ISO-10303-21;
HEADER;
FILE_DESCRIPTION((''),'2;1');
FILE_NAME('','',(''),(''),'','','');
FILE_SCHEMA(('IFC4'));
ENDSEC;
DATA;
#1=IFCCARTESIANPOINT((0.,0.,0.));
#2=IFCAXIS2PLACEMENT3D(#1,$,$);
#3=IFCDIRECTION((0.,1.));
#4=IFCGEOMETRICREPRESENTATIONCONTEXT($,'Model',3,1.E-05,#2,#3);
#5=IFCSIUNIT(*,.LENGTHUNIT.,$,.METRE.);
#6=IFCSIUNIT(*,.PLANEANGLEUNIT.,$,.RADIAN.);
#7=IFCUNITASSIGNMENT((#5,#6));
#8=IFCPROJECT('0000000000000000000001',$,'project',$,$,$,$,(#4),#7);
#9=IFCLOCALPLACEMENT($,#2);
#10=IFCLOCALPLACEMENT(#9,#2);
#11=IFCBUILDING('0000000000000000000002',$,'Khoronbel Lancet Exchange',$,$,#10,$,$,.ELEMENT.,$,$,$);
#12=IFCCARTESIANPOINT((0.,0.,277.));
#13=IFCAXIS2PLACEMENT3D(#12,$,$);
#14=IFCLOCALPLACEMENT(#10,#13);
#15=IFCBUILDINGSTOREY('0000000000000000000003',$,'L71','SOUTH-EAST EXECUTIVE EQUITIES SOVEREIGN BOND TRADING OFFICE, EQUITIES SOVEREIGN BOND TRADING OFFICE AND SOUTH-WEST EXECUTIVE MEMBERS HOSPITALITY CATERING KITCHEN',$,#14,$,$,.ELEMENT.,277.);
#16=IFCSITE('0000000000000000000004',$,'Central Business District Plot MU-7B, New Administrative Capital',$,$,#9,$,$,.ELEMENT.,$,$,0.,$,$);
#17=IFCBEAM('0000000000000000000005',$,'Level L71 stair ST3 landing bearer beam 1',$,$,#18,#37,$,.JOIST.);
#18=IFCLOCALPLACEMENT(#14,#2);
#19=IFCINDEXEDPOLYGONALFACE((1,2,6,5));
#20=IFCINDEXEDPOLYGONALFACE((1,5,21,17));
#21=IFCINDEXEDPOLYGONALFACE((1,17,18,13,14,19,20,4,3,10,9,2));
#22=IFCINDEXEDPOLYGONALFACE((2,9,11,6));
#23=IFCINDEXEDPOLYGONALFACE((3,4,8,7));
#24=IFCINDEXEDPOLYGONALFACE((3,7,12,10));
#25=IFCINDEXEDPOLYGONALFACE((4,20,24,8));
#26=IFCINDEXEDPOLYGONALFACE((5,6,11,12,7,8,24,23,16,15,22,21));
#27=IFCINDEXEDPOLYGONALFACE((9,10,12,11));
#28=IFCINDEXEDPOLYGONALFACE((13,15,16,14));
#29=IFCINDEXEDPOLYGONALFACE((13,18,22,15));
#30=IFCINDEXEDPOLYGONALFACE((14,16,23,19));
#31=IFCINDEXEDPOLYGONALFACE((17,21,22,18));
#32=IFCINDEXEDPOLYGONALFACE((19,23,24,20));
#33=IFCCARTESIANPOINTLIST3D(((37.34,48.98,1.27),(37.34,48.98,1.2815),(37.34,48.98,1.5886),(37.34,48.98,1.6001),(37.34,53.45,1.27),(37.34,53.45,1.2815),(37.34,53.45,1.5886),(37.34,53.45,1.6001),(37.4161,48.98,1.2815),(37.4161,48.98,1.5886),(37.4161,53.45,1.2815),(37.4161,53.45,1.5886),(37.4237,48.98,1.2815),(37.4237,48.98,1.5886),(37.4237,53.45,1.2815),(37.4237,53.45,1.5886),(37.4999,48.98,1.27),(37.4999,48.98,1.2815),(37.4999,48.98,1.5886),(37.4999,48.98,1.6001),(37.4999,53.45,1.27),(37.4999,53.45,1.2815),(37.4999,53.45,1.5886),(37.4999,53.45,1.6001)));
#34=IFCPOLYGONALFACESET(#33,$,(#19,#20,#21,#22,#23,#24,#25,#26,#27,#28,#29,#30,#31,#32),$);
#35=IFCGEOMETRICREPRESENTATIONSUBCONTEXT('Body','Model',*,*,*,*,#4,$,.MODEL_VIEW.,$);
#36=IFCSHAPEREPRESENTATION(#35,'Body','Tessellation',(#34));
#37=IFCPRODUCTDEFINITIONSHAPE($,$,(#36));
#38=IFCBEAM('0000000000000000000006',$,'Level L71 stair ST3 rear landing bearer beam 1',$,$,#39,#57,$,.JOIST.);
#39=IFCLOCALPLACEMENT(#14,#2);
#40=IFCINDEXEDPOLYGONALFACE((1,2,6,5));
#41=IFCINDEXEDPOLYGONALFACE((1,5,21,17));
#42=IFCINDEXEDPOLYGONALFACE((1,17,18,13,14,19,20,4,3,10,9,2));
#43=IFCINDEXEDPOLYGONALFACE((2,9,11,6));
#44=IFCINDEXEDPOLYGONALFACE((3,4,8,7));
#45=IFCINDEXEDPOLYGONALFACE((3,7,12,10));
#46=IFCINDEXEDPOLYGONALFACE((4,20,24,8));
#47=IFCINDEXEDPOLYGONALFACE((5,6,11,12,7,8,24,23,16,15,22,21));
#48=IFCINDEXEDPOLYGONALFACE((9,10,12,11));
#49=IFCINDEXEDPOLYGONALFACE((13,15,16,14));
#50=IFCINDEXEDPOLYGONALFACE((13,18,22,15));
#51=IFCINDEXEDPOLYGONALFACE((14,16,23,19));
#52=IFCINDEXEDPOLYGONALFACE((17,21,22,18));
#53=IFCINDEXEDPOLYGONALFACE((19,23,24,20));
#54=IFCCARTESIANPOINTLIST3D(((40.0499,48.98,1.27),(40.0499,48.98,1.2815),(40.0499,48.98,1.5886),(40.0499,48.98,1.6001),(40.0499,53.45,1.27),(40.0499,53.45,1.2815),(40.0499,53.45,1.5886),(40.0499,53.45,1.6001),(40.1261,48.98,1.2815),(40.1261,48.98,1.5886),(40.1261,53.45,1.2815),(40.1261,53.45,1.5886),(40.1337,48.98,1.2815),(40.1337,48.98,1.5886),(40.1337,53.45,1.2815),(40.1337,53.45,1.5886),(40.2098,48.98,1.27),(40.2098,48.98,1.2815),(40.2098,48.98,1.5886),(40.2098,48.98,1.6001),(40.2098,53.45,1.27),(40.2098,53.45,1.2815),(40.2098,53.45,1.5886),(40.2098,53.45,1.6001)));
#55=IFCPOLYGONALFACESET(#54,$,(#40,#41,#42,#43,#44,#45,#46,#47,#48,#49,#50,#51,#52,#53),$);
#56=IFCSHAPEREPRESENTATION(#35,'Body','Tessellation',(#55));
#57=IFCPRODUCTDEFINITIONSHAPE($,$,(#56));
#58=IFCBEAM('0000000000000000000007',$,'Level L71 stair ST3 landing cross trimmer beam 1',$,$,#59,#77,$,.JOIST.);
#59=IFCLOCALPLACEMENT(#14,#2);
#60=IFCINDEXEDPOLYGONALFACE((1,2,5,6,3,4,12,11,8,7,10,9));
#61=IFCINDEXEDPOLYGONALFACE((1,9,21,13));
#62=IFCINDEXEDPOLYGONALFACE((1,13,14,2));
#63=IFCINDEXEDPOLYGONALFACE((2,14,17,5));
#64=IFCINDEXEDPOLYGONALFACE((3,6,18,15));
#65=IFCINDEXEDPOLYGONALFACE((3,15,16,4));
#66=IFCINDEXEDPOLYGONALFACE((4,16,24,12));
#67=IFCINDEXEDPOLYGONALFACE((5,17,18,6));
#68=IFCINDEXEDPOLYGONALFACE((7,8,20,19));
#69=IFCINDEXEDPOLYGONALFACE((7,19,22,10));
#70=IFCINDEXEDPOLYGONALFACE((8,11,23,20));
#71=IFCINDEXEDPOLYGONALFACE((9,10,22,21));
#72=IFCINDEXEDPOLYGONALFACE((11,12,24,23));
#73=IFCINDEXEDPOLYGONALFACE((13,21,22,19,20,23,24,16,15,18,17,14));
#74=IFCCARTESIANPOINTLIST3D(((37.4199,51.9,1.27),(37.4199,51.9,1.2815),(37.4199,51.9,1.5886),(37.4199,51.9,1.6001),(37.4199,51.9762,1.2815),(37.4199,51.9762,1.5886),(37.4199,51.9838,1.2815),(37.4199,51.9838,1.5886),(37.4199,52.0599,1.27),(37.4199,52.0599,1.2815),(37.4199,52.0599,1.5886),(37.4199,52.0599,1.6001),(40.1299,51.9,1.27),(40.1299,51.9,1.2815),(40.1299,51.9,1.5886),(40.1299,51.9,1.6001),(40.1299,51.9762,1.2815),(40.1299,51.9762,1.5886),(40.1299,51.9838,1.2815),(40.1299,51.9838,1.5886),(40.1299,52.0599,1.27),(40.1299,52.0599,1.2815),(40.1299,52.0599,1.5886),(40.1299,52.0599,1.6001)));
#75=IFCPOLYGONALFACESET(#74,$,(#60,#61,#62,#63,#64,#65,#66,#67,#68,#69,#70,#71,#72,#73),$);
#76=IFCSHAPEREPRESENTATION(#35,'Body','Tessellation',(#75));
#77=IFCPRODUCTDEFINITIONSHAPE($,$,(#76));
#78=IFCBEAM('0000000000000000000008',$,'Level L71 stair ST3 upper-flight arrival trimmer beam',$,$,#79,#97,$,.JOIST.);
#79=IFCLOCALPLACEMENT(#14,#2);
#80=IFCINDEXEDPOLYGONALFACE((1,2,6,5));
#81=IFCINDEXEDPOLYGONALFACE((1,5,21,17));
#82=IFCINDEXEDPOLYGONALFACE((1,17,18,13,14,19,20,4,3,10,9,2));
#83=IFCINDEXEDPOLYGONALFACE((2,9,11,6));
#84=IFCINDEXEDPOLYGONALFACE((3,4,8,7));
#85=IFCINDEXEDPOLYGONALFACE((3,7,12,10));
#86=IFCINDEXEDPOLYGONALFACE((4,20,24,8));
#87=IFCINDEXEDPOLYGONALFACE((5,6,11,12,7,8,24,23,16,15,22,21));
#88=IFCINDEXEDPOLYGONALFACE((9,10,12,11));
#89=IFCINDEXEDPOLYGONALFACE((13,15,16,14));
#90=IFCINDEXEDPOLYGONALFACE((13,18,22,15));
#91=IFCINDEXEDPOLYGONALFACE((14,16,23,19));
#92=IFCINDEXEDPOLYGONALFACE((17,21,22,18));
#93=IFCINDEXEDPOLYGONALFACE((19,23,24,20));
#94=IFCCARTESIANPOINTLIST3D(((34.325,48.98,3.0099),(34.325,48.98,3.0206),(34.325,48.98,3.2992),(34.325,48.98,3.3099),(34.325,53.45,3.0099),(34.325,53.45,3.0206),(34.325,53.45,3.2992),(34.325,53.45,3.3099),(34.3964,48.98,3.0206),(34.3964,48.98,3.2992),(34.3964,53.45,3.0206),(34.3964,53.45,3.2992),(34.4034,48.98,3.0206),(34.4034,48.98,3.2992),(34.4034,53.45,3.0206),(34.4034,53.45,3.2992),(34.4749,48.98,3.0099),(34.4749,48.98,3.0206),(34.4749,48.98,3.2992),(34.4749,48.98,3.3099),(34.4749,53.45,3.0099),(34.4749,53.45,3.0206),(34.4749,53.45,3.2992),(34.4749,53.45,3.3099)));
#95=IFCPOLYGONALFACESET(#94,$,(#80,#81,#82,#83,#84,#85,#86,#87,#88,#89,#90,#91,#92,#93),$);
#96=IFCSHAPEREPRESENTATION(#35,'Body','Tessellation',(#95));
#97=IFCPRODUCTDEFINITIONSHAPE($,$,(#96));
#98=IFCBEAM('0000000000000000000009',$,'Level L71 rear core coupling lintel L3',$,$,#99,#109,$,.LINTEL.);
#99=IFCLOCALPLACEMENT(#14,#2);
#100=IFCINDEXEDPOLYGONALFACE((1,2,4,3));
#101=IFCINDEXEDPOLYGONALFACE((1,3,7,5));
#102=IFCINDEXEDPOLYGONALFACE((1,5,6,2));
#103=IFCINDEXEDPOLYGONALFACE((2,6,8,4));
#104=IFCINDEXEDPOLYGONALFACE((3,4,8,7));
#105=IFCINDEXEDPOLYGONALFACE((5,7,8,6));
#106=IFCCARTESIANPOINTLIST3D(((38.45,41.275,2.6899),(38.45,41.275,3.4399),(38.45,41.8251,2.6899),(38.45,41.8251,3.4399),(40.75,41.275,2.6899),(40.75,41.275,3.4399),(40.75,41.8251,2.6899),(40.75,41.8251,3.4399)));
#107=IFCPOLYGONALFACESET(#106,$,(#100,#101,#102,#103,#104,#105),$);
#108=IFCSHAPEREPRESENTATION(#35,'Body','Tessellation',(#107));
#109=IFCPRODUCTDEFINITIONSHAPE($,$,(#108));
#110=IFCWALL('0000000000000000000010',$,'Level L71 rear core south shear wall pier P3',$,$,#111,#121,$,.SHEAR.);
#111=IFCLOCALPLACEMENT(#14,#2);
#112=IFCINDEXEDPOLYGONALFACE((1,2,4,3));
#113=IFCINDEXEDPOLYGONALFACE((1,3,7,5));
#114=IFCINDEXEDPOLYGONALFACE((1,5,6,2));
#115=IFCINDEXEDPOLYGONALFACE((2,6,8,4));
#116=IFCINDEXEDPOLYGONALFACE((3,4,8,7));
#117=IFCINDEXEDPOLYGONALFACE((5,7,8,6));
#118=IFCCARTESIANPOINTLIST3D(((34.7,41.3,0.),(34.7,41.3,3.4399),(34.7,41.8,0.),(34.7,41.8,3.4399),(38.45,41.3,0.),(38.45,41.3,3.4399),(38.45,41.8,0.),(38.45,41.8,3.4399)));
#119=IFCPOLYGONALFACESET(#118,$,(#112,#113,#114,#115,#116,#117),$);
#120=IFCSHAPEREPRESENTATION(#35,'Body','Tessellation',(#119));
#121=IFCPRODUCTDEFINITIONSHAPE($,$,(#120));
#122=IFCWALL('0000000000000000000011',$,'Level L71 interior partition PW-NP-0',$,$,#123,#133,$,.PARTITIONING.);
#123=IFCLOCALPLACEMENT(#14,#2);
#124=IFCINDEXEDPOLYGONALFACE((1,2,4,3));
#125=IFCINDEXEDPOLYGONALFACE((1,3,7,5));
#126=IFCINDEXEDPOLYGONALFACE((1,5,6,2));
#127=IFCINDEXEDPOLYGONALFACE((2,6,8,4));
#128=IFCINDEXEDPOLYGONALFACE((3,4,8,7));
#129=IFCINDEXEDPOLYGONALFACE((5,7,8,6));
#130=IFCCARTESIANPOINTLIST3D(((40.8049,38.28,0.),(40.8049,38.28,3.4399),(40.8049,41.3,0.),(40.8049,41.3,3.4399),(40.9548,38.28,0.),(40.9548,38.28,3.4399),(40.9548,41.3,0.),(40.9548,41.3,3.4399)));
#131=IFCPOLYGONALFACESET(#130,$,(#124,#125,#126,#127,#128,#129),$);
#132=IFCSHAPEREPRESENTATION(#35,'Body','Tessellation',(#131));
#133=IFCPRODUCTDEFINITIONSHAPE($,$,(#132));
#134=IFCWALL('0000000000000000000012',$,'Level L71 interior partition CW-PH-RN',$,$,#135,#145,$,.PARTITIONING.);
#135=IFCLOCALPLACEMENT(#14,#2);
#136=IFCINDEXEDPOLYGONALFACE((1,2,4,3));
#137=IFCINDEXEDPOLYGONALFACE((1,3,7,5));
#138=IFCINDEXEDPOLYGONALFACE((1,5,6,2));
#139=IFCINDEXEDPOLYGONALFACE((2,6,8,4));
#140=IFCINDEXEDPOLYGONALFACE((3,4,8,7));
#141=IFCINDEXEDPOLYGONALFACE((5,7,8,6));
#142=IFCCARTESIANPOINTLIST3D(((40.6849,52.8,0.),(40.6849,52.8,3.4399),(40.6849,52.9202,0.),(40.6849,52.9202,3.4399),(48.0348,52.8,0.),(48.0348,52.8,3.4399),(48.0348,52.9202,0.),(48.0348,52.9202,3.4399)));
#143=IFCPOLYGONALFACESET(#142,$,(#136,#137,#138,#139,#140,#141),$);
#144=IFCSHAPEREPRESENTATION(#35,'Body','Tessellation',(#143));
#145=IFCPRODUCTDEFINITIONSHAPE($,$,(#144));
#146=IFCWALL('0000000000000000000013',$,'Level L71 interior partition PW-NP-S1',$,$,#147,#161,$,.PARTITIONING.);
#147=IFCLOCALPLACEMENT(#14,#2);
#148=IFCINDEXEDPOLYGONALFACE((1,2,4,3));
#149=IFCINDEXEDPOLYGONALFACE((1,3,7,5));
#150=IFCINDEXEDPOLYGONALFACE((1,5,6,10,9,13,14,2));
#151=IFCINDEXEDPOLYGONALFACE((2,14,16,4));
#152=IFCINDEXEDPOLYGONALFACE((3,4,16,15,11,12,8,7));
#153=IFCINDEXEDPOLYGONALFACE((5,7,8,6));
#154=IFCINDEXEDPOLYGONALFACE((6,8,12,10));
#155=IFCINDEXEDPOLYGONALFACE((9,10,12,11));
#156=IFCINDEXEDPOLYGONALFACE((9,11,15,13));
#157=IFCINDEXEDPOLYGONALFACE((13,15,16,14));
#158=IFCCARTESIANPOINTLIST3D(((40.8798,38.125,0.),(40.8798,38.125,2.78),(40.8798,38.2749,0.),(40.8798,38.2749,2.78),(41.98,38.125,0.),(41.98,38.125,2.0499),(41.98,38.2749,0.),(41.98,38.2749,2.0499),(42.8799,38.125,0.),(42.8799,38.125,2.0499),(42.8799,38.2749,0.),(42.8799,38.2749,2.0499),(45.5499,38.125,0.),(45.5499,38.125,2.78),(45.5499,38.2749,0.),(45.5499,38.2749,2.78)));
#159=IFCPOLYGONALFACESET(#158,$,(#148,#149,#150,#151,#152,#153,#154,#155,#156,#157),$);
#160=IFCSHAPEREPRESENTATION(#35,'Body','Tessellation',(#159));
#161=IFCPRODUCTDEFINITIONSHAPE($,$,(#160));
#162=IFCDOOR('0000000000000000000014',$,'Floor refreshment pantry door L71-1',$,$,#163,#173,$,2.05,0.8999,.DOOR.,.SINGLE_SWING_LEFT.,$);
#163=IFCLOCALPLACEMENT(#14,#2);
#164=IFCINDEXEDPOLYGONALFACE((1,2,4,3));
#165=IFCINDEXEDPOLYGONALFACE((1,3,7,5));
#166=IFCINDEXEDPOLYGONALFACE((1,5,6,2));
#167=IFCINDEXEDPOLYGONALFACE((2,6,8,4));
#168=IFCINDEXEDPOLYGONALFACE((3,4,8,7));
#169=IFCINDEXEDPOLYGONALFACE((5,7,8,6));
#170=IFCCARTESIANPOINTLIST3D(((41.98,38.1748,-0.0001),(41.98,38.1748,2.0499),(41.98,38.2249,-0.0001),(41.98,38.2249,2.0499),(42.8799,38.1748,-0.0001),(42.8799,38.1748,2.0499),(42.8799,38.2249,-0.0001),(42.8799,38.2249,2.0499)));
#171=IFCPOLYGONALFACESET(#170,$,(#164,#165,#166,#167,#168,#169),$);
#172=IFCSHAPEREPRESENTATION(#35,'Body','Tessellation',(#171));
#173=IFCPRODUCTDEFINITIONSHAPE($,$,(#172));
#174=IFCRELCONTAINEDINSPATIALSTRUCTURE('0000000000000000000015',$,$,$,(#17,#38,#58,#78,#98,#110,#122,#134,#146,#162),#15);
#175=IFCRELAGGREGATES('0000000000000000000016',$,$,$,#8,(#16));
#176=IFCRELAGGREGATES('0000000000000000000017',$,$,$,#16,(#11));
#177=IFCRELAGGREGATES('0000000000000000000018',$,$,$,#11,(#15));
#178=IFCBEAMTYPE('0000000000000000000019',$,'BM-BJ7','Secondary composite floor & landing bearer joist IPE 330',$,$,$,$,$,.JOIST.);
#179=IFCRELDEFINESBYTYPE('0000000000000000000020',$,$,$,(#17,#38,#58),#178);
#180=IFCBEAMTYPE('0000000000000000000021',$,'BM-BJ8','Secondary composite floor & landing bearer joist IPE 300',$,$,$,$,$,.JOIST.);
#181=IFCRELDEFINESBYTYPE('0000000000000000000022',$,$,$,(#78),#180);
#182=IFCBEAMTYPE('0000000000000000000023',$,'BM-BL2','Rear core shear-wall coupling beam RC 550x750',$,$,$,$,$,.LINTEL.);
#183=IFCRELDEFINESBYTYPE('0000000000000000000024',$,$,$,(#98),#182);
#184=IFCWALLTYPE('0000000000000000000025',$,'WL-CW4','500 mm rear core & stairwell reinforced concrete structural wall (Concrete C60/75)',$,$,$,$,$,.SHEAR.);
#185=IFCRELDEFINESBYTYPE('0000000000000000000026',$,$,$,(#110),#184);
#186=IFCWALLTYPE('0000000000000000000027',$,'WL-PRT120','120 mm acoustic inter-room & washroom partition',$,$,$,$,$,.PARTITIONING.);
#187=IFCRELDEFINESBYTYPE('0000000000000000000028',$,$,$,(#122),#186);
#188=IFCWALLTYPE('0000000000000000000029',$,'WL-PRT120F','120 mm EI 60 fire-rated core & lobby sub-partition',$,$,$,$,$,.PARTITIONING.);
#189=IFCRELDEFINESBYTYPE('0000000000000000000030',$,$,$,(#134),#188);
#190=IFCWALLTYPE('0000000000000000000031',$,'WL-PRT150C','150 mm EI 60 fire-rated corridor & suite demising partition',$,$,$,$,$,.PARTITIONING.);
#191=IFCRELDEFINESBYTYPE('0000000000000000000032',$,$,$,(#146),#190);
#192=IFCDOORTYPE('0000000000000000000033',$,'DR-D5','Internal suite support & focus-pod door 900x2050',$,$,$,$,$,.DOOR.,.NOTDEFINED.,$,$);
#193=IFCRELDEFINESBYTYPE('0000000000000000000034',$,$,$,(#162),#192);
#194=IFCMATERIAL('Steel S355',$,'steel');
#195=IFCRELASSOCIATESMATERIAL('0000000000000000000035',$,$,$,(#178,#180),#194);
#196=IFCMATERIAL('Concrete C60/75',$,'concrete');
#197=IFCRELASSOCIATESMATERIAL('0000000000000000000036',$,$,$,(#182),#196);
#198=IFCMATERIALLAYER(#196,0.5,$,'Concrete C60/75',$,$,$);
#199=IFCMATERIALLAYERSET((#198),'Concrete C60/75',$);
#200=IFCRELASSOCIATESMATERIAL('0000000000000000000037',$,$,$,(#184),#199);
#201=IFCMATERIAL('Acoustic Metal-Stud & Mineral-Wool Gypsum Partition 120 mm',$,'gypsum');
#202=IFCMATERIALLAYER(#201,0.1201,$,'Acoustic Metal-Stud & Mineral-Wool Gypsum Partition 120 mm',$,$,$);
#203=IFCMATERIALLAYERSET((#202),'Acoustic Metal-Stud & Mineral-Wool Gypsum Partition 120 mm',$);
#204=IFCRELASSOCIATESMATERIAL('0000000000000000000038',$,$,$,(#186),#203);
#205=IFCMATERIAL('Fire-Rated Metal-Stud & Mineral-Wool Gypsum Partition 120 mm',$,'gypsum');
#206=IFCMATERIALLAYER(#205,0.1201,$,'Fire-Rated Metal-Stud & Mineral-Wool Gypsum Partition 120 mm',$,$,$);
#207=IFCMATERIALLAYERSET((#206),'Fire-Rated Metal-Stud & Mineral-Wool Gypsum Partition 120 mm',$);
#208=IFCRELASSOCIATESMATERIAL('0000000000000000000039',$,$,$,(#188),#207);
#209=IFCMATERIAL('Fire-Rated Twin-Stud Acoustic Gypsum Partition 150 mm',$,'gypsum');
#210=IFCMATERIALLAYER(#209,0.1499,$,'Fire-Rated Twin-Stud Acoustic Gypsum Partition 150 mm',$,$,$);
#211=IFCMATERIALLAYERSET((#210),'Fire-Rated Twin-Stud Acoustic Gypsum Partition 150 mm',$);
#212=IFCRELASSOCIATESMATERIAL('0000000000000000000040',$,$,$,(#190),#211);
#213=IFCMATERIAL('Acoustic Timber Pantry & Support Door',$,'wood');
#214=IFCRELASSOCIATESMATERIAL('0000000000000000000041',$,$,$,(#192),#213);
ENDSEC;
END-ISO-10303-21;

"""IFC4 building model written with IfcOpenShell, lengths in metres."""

from ifc_helpers import new_model, si_unit, direction, frame, frame_2d, origin, origin_2d, place, context, subcontext, project, spatial, rectangle, i_section, extrude, material, layer, layer_set, material_profile, profile_set, type_object, element, fill, save


model = new_model("IFC4")

# Units and contexts
model_context = context("Model", 3, precision=1e-05, world=origin(), true_north=direction((0.0, 1.0)))
body_context = subcontext(model_context, "Body", "Model", "MODEL_VIEW")
ifc_project = project(units=[si_unit("LENGTHUNIT", "METRE"), si_unit("PLANEANGLEUNIT", "RADIAN")], contexts=[model_context])

# Site, building, storey
site_placement = place(None, origin())
site = spatial("IfcSite", under=ifc_project, at=site_placement, Name="Central Business District Plot MU-7B, New Administrative Capital", CompositionType="ELEMENT", RefElevation=0.0)
building_placement = place(site_placement, origin())
building = spatial("IfcBuilding", under=site, at=building_placement, Name="Khoronbel Lancet Exchange", CompositionType="ELEMENT")
storey_placement = place(building_placement, frame((0.0, 0.0, 277.0)))
storey = spatial("IfcBuildingStorey", under=building, at=storey_placement, Name="L71", Description="SOUTH-EAST EXECUTIVE EQUITIES SOVEREIGN BOND TRADING OFFICE, EQUITIES SOVEREIGN BOND TRADING OFFICE AND SOUTH-WEST EXECUTIVE MEMBERS HOSPITALITY CATERING KITCHEN", CompositionType="ELEMENT", Elevation=277.0)

# Beams
ifc_material_1 = material(Name="Steel S355", Category="steel")
ifc_material_profile_1 = material_profile(ifc_material_1, i_section(OverallWidth=0.1599, OverallDepth=0.3301, WebThickness=0.0076, FlangeThickness=0.0115, at=origin_2d()), Name="IPE 330")
ifc_profile_set_1 = profile_set([ifc_material_profile_1], Name="Steel S355")
beam_type_1 = type_object("IfcBeamType", Name="BM-BJ7", Description="Secondary composite floor & landing bearer joist IPE 330", PredefinedType="JOIST", material=ifc_profile_set_1)
for number, where, z_axis, x_axis, name in (
    (1, (37.4199, 48.98, 1.4351), (0.0, 1.0, 0.0), (-1.0, 0.0, 0.0), "Level L71 stair ST3 landing bearer beam 1"),
    (2, (40.1299, 48.98, 1.4351), (0.0, 1.0, 0.0), (-1.0, 0.0, 0.0), "Level L71 stair ST3 rear landing bearer beam 1"),
):
    element("IfcBeam", number, at=place(storey_placement, frame(where, z_axis=z_axis, x_axis=x_axis)), inside=storey, type_object=beam_type_1, Name=name, PredefinedType="JOIST", context=body_context, shape_type="SweptSolid", body=[
        extrude(i_section(OverallWidth=0.1599, OverallDepth=0.3301, WebThickness=0.0076, FlangeThickness=0.0115, at=origin_2d()), origin(), (0.0, 0.0, 1.0), 4.47),
    ])
beam_1_placement = place(storey_placement, frame((37.4199, 51.98, 1.4351), z_axis=(1.0, 0.0, 0.0), x_axis=(0.0, 1.0, 0.0)))
element("IfcBeam", 3, at=beam_1_placement, inside=storey, type_object=beam_type_1, Name="Level L71 stair ST3 landing cross trimmer beam 1", PredefinedType="JOIST", context=body_context, shape_type="SweptSolid", body=[
    extrude(i_section(OverallWidth=0.1599, OverallDepth=0.3301, WebThickness=0.0076, FlangeThickness=0.0115, at=origin_2d()), origin(), (0.0, 0.0, 1.0), 2.71),
])
ifc_material_profile_2 = material_profile(ifc_material_1, i_section(OverallWidth=0.1499, OverallDepth=0.3, WebThickness=0.0071, FlangeThickness=0.0107, at=origin_2d()), Name="IPE 300")
ifc_profile_set_2 = profile_set([ifc_material_profile_2], Name="Steel S355")
beam_type_2 = type_object("IfcBeamType", Name="BM-BJ8", Description="Secondary composite floor & landing bearer joist IPE 300", PredefinedType="JOIST", material=ifc_profile_set_2)
beam_2_placement = place(storey_placement, frame((34.3999, 48.98, 3.1599), z_axis=(0.0, 1.0, 0.0), x_axis=(-1.0, 0.0, 0.0)))
element("IfcBeam", 4, at=beam_2_placement, inside=storey, type_object=beam_type_2, Name="Level L71 stair ST3 upper-flight arrival trimmer beam", PredefinedType="JOIST", context=body_context, shape_type="SweptSolid", body=[
    extrude(i_section(OverallWidth=0.1499, OverallDepth=0.3, WebThickness=0.0071, FlangeThickness=0.0107, at=origin_2d()), origin(), (0.0, 0.0, 1.0), 4.47),
])
ifc_material_2 = material(Name="Concrete C60/75", Category="concrete")
ifc_material_profile_3 = material_profile(ifc_material_2, rectangle(XDim=0.55, YDim=0.75, at=origin_2d()), Name="RC 550x750")
ifc_profile_set_3 = profile_set([ifc_material_profile_3], Name="Concrete C60/75")
beam_type_3 = type_object("IfcBeamType", Name="BM-BL2", Description="Rear core shear-wall coupling beam RC 550x750", PredefinedType="LINTEL", material=ifc_profile_set_3)
beam_3_placement = place(storey_placement, frame((38.45, 41.55, 3.0649), z_axis=(1.0, 0.0, 0.0), x_axis=(0.0, 1.0, 0.0)))
element("IfcBeam", 5, at=beam_3_placement, inside=storey, type_object=beam_type_3, Name="Level L71 rear core coupling lintel L3", PredefinedType="LINTEL", context=body_context, shape_type="SweptSolid", body=[
    extrude(rectangle(XDim=0.55, YDim=0.75, at=origin_2d()), origin(), (0.0, 0.0, 1.0), 2.3),
])

# Walls
ifc_layer_1 = layer(ifc_material_2, 0.5, Name="Concrete C60/75")
ifc_layer_set_1 = layer_set([ifc_layer_1], Name="Concrete C60/75")
wall_type_1 = type_object("IfcWallType", Name="WL-CW4", Description="500 mm rear core & stairwell reinforced concrete structural wall (Concrete C60/75)", PredefinedType="SHEAR", material=ifc_layer_set_1)
wall_1_placement = place(storey_placement, frame((38.45, 41.55, 0.0), z_axis=(0.0, 0.0, 1.0), x_axis=(-1.0, 0.0, 0.0)))
element("IfcWall", 6, at=wall_1_placement, inside=storey, type_object=wall_type_1, Name="Level L71 rear core south shear wall pier P3", PredefinedType="SHEAR", context=body_context, shape_type="SweptSolid", body=[
    extrude(rectangle(XDim=3.75, YDim=0.5, at=frame_2d((1.875, 0.0))), origin(), (0.0, 0.0, 1.0), 3.4399),
])
ifc_material_3 = material(Name="Acoustic Metal-Stud & Mineral-Wool Gypsum Partition 120 mm", Category="gypsum")
ifc_layer_2 = layer(ifc_material_3, 0.1201, Name="Acoustic Metal-Stud & Mineral-Wool Gypsum Partition 120 mm")
ifc_layer_set_2 = layer_set([ifc_layer_2], Name="Acoustic Metal-Stud & Mineral-Wool Gypsum Partition 120 mm")
wall_type_2 = type_object("IfcWallType", Name="WL-PRT120", Description="120 mm acoustic inter-room & washroom partition", PredefinedType="PARTITIONING", material=ifc_layer_set_2)
wall_2_placement = place(storey_placement, frame((40.8799, 38.28, 0.0), z_axis=(0.0, 0.0, 1.0), x_axis=(0.0, 1.0, 0.0)))
element("IfcWall", 7, at=wall_2_placement, inside=storey, type_object=wall_type_2, Name="Level L71 interior partition PW-NP-0", PredefinedType="PARTITIONING", context=body_context, shape_type="SweptSolid", body=[
    extrude(rectangle(XDim=3.02, YDim=0.1499, at=frame_2d((1.51, 0.0))), origin(), (0.0, 0.0, 1.0), 3.4399),
])
ifc_material_4 = material(Name="Fire-Rated Metal-Stud & Mineral-Wool Gypsum Partition 120 mm", Category="gypsum")
ifc_layer_3 = layer(ifc_material_4, 0.1201, Name="Fire-Rated Metal-Stud & Mineral-Wool Gypsum Partition 120 mm")
ifc_layer_set_3 = layer_set([ifc_layer_3], Name="Fire-Rated Metal-Stud & Mineral-Wool Gypsum Partition 120 mm")
wall_type_3 = type_object("IfcWallType", Name="WL-PRT120F", Description="120 mm EI 60 fire-rated core & lobby sub-partition", PredefinedType="PARTITIONING", material=ifc_layer_set_3)
wall_3_placement = place(storey_placement, frame((40.6851, 52.8601, 0.0), z_axis=(0.0, 0.0, 1.0), x_axis=(1.0, 0.0, 0.0)))
element("IfcWall", 8, at=wall_3_placement, inside=storey, type_object=wall_type_3, Name="Level L71 interior partition CW-PH-RN", PredefinedType="PARTITIONING", context=body_context, shape_type="SweptSolid", body=[
    extrude(rectangle(XDim=7.3499, YDim=0.1201, at=frame_2d((3.6748, 0.0))), origin(), (0.0, 0.0, 1.0), 3.4399),
])

# Wall, opening, door
ifc_material_5 = material(Name="Fire-Rated Twin-Stud Acoustic Gypsum Partition 150 mm", Category="gypsum")
ifc_layer_4 = layer(ifc_material_5, 0.1499, Name="Fire-Rated Twin-Stud Acoustic Gypsum Partition 150 mm")
ifc_layer_set_4 = layer_set([ifc_layer_4], Name="Fire-Rated Twin-Stud Acoustic Gypsum Partition 150 mm")
wall_type_4 = type_object("IfcWallType", Name="WL-PRT150C", Description="150 mm EI 60 fire-rated corridor & suite demising partition", PredefinedType="PARTITIONING", material=ifc_layer_set_4)
wall_4_placement = place(storey_placement, frame((40.8799, 38.2, 0.0), z_axis=(0.0, 0.0, 1.0), x_axis=(1.0, 0.0, 0.0)))
wall_4 = element("IfcWall", 9, at=wall_4_placement, inside=storey, type_object=wall_type_4, Name="Level L71 interior partition PW-NP-S1", PredefinedType="PARTITIONING", context=body_context, shape_type="SweptSolid", body=[
    extrude(rectangle(XDim=4.6702, YDim=0.1499, at=frame_2d((2.335, 0.0))), origin(), (0.0, 0.0, 1.0), 2.78),
])
opening_1_placement = place(wall_4_placement, frame((1.1001, 0.0, 0.0)))
opening_1 = element("IfcOpeningElement", 10, at=opening_1_placement, cuts=wall_4, PredefinedType="OPENING", context=body_context, shape_type="SweptSolid", body=[
    extrude(rectangle(XDim=0.8999, YDim=2.05, at=frame_2d((0.45, 1.0249))), frame((0.0, 0.085, 0.0), z_axis=(0.0, -1.0, 0.0), x_axis=(1.0, 0.0, 0.0)), (0.0, 0.0, 1.0), 0.1699),
])
ifc_material_6 = material(Name="Acoustic Timber Pantry & Support Door", Category="wood")
door_type_1 = type_object("IfcDoorType", Name="DR-D5", Description="Internal suite support & focus-pod door 900x2050", OperationType="NOTDEFINED", PredefinedType="DOOR", material=ifc_material_6)
door_1_placement = place(opening_1_placement, origin())
door_1 = element("IfcDoor", 11, at=door_1_placement, inside=storey, type_object=door_type_1, Name="Floor refreshment pantry door L71-1", OperationType="SINGLE_SWING_LEFT", OverallHeight=2.05, OverallWidth=0.8999, PredefinedType="DOOR", context=body_context, shape_type="SweptSolid", body=[
    extrude(rectangle(XDim=0.8999, YDim=2.05, at=frame_2d((0.45, 1.0249))), frame((0.0, 0.0249, 0.0), z_axis=(0.0, -1.0, 0.0), x_axis=(1.0, 0.0, 0.0)), (0.0, 0.0, 1.0), 0.05),
])
fill(opening_1, door_1)

save(model, "model.ifc")
